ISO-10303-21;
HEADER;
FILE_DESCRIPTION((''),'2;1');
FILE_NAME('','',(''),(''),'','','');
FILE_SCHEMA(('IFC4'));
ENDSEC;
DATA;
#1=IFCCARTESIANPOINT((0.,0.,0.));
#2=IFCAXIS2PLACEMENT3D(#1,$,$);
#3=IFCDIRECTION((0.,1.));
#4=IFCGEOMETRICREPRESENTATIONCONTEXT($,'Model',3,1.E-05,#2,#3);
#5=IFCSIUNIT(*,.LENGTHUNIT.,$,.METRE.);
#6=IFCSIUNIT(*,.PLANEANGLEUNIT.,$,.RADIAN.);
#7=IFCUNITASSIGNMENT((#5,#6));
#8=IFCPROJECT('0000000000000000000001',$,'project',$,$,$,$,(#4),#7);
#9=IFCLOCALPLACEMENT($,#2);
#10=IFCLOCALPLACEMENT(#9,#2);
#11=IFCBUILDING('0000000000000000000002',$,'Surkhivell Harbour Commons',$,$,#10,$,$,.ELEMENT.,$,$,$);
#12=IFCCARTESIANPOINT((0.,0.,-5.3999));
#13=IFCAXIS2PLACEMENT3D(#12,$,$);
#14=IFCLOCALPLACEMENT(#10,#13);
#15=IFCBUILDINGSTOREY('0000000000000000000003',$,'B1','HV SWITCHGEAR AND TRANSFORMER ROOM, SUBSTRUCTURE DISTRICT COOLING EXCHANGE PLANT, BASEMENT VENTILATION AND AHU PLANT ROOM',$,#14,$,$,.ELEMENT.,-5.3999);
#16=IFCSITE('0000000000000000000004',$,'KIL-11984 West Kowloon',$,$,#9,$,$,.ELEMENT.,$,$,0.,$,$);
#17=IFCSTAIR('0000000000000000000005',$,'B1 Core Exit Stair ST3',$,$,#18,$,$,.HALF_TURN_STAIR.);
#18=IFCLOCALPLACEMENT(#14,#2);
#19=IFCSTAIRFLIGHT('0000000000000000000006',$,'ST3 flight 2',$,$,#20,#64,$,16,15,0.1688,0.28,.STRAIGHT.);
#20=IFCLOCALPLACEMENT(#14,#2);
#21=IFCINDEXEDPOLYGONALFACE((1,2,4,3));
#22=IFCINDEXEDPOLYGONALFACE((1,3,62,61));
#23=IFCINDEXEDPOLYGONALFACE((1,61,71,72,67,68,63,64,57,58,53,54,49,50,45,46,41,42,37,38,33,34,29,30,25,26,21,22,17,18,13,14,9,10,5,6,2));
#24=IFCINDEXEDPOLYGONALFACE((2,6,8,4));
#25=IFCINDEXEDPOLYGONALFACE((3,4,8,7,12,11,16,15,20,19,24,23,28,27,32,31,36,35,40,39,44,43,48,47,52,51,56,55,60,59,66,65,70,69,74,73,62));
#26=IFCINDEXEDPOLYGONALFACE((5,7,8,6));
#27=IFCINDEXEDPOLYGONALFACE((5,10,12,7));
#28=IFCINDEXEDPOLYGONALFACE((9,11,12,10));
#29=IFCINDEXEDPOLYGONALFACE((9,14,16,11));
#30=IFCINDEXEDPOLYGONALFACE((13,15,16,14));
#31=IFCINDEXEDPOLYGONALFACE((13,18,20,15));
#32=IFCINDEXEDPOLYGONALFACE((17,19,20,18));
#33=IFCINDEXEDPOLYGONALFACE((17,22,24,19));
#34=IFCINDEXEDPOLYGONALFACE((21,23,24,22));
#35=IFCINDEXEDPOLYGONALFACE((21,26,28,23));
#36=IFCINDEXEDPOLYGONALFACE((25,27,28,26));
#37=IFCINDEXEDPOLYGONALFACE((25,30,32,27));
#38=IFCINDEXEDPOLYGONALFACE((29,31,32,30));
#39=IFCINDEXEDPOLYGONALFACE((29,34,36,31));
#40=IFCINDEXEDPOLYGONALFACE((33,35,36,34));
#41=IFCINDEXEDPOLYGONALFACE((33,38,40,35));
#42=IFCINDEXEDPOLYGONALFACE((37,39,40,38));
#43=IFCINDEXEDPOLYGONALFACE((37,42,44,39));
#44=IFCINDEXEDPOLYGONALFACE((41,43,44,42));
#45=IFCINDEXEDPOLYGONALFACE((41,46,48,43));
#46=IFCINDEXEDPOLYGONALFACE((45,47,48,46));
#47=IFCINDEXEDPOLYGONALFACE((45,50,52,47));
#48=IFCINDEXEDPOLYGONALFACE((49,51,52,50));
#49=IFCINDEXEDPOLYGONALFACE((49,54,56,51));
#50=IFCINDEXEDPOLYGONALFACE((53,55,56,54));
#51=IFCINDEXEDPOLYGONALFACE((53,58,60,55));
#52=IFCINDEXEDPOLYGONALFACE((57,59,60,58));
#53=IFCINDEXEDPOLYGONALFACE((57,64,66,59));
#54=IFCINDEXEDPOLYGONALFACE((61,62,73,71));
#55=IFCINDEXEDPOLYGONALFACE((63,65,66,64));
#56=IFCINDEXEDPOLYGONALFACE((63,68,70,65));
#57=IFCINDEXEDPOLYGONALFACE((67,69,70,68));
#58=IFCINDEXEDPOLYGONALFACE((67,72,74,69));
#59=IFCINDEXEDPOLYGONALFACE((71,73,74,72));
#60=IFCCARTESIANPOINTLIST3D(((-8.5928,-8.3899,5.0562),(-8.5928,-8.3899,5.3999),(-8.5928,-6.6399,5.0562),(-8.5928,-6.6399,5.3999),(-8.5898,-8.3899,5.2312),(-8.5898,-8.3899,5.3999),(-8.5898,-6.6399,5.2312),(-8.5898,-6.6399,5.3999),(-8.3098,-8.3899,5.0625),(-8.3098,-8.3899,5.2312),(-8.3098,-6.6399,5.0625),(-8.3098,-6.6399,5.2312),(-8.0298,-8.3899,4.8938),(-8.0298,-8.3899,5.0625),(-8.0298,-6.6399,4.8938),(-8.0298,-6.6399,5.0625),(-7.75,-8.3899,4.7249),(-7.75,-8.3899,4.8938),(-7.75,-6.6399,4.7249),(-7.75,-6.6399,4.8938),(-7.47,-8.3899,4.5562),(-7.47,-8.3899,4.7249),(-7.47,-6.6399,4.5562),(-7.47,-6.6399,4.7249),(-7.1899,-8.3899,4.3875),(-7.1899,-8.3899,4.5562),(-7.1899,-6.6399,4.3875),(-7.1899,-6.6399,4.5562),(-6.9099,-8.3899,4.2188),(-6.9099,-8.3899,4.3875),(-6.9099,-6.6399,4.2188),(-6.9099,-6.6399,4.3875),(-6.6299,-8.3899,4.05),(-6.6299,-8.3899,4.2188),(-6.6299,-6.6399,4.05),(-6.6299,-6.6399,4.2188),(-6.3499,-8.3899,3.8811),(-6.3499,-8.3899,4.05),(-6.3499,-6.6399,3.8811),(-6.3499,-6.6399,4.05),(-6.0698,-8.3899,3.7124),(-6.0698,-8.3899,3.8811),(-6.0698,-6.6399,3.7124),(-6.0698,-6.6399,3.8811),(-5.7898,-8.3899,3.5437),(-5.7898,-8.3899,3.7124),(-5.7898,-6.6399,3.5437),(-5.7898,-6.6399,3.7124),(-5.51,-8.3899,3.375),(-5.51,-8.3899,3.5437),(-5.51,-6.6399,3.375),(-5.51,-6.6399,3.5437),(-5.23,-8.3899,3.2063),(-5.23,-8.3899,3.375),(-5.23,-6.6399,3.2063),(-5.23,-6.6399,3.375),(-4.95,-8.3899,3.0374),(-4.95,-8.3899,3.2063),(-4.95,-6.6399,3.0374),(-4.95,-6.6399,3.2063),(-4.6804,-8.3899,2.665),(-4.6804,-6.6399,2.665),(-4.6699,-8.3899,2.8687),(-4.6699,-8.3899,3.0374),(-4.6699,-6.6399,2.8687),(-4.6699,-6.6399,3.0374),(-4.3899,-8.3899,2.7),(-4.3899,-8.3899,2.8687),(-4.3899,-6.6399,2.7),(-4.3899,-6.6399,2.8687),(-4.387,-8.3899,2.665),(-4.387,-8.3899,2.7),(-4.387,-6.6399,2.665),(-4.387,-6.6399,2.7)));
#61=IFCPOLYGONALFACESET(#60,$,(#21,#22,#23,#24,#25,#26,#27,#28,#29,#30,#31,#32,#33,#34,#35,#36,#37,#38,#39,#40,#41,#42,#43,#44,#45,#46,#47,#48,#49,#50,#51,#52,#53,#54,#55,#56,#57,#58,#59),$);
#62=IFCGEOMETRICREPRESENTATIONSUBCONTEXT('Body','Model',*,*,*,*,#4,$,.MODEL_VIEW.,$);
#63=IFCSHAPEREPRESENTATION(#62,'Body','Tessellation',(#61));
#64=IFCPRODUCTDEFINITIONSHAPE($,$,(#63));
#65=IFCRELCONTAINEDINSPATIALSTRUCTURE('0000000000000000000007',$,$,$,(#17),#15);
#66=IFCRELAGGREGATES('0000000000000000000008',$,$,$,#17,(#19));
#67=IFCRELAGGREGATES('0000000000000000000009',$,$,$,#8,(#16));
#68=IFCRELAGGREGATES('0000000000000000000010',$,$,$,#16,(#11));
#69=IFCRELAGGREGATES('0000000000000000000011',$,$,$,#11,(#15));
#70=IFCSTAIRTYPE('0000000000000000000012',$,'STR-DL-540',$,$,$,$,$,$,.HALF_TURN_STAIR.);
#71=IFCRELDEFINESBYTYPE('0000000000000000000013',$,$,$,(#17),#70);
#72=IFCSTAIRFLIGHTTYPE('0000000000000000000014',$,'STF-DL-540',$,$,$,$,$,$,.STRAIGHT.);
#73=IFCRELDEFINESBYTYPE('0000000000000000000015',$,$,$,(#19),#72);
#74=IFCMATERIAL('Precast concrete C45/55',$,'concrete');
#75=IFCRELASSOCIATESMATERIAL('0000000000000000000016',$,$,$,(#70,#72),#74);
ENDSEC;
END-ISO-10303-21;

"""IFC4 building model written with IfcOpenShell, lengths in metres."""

from ifc_helpers import new_model, si_unit, direction, frame, origin, place, context, subcontext, project, spatial, polyline, outline, extrude, material, type_object, element, aggregate, save


model = new_model("IFC4")

# Units and contexts
model_context = context("Model", 3, precision=1e-05, world=origin(), true_north=direction((0.0, 1.0)))
body_context = subcontext(model_context, "Body", "Model", "MODEL_VIEW")
ifc_project = project(units=[si_unit("LENGTHUNIT", "METRE"), si_unit("PLANEANGLEUNIT", "RADIAN")], contexts=[model_context])

# Site, building, storey
site_placement = place(None, origin())
site = spatial("IfcSite", under=ifc_project, at=site_placement, Name="KIL-11984 West Kowloon", CompositionType="ELEMENT", RefElevation=0.0)
building_placement = place(site_placement, origin())
building = spatial("IfcBuilding", under=site, at=building_placement, Name="Surkhivell Harbour Commons", CompositionType="ELEMENT")
storey_placement = place(building_placement, frame((0.0, 0.0, -5.3999)))
storey = spatial("IfcBuildingStorey", under=building, at=storey_placement, Name="B1", Description="HV SWITCHGEAR AND TRANSFORMER ROOM, SUBSTRUCTURE DISTRICT COOLING EXCHANGE PLANT, BASEMENT VENTILATION AND AHU PLANT ROOM", CompositionType="ELEMENT", Elevation=-5.3999)

# Stair, stair flight
ifc_material_1 = material(Name="Precast concrete C45/55", Category="concrete")
stair_type = type_object("IfcStairType", Name="STR-DL-540", PredefinedType="HALF_TURN_STAIR", material=ifc_material_1)
stair_placement = place(storey_placement, origin())
stair = element("IfcStair", 1, at=stair_placement, inside=storey, type_object=stair_type, Name="B1 Core Exit Stair ST3", PredefinedType="HALF_TURN_STAIR")
stair_flight_type = type_object("IfcStairFlightType", Name="STF-DL-540", PredefinedType="STRAIGHT", material=ifc_material_1)
stair_flight_1_placement = place(storey_placement, frame((-4.3899, -7.5149, 2.7), z_axis=(0.0, 0.0, 1.0), x_axis=(-1.0, 0.0, 0.0)))
stair_flight_1 = element("IfcStairFlight", 2, at=stair_flight_1_placement, type_object=stair_flight_type, Name="ST3 flight 2", NumberOfRisers=16, NumberOfTreads=15, PredefinedType="STRAIGHT", RiserHeight=0.1688, TreadLength=0.28, context=body_context, shape_type="SweptSolid", body=[
    extrude(outline(polyline([(-0.0029, -0.0349), (-0.0029, 0.0), (0.0, 0.0), (0.0, 0.1687), (0.28, 0.1687), (0.28, 0.3374), (0.5601, 0.3374), (0.5601, 0.5063), (0.8401, 0.5063), (0.8401, 0.675), (1.1201, 0.675), (1.1201, 0.8438), (1.3999, 0.8438), (1.3999, 1.0125), (1.6799, 1.0125), (1.6799, 1.1812), (1.96, 1.1812), (1.96, 1.3501), (2.24, 1.3501), (2.24, 1.5188), (2.52, 1.5188), (2.52, 1.6875), (2.8, 1.6875), (2.8, 1.8562), (3.0801, 1.8562), (3.0801, 2.0249), (3.3601, 2.0249), (3.3601, 2.1938), (3.6399, 2.1938), (3.6399, 2.3625), (3.9199, 2.3625), (3.9199, 2.5312), (4.2, 2.5312), (4.2, 2.7), (4.2029, 2.7), (4.2029, 2.3562), (0.2905, -0.0349), (-0.0029, -0.0349)])), frame((0.0, 0.875, 0.0), z_axis=(0.0, -1.0, 0.0), x_axis=(1.0, 0.0, 0.0)), (0.0, 0.0, 1.0), 1.75),
])
aggregate(stair, [stair_flight_1])

save(model, "model.ifc")
